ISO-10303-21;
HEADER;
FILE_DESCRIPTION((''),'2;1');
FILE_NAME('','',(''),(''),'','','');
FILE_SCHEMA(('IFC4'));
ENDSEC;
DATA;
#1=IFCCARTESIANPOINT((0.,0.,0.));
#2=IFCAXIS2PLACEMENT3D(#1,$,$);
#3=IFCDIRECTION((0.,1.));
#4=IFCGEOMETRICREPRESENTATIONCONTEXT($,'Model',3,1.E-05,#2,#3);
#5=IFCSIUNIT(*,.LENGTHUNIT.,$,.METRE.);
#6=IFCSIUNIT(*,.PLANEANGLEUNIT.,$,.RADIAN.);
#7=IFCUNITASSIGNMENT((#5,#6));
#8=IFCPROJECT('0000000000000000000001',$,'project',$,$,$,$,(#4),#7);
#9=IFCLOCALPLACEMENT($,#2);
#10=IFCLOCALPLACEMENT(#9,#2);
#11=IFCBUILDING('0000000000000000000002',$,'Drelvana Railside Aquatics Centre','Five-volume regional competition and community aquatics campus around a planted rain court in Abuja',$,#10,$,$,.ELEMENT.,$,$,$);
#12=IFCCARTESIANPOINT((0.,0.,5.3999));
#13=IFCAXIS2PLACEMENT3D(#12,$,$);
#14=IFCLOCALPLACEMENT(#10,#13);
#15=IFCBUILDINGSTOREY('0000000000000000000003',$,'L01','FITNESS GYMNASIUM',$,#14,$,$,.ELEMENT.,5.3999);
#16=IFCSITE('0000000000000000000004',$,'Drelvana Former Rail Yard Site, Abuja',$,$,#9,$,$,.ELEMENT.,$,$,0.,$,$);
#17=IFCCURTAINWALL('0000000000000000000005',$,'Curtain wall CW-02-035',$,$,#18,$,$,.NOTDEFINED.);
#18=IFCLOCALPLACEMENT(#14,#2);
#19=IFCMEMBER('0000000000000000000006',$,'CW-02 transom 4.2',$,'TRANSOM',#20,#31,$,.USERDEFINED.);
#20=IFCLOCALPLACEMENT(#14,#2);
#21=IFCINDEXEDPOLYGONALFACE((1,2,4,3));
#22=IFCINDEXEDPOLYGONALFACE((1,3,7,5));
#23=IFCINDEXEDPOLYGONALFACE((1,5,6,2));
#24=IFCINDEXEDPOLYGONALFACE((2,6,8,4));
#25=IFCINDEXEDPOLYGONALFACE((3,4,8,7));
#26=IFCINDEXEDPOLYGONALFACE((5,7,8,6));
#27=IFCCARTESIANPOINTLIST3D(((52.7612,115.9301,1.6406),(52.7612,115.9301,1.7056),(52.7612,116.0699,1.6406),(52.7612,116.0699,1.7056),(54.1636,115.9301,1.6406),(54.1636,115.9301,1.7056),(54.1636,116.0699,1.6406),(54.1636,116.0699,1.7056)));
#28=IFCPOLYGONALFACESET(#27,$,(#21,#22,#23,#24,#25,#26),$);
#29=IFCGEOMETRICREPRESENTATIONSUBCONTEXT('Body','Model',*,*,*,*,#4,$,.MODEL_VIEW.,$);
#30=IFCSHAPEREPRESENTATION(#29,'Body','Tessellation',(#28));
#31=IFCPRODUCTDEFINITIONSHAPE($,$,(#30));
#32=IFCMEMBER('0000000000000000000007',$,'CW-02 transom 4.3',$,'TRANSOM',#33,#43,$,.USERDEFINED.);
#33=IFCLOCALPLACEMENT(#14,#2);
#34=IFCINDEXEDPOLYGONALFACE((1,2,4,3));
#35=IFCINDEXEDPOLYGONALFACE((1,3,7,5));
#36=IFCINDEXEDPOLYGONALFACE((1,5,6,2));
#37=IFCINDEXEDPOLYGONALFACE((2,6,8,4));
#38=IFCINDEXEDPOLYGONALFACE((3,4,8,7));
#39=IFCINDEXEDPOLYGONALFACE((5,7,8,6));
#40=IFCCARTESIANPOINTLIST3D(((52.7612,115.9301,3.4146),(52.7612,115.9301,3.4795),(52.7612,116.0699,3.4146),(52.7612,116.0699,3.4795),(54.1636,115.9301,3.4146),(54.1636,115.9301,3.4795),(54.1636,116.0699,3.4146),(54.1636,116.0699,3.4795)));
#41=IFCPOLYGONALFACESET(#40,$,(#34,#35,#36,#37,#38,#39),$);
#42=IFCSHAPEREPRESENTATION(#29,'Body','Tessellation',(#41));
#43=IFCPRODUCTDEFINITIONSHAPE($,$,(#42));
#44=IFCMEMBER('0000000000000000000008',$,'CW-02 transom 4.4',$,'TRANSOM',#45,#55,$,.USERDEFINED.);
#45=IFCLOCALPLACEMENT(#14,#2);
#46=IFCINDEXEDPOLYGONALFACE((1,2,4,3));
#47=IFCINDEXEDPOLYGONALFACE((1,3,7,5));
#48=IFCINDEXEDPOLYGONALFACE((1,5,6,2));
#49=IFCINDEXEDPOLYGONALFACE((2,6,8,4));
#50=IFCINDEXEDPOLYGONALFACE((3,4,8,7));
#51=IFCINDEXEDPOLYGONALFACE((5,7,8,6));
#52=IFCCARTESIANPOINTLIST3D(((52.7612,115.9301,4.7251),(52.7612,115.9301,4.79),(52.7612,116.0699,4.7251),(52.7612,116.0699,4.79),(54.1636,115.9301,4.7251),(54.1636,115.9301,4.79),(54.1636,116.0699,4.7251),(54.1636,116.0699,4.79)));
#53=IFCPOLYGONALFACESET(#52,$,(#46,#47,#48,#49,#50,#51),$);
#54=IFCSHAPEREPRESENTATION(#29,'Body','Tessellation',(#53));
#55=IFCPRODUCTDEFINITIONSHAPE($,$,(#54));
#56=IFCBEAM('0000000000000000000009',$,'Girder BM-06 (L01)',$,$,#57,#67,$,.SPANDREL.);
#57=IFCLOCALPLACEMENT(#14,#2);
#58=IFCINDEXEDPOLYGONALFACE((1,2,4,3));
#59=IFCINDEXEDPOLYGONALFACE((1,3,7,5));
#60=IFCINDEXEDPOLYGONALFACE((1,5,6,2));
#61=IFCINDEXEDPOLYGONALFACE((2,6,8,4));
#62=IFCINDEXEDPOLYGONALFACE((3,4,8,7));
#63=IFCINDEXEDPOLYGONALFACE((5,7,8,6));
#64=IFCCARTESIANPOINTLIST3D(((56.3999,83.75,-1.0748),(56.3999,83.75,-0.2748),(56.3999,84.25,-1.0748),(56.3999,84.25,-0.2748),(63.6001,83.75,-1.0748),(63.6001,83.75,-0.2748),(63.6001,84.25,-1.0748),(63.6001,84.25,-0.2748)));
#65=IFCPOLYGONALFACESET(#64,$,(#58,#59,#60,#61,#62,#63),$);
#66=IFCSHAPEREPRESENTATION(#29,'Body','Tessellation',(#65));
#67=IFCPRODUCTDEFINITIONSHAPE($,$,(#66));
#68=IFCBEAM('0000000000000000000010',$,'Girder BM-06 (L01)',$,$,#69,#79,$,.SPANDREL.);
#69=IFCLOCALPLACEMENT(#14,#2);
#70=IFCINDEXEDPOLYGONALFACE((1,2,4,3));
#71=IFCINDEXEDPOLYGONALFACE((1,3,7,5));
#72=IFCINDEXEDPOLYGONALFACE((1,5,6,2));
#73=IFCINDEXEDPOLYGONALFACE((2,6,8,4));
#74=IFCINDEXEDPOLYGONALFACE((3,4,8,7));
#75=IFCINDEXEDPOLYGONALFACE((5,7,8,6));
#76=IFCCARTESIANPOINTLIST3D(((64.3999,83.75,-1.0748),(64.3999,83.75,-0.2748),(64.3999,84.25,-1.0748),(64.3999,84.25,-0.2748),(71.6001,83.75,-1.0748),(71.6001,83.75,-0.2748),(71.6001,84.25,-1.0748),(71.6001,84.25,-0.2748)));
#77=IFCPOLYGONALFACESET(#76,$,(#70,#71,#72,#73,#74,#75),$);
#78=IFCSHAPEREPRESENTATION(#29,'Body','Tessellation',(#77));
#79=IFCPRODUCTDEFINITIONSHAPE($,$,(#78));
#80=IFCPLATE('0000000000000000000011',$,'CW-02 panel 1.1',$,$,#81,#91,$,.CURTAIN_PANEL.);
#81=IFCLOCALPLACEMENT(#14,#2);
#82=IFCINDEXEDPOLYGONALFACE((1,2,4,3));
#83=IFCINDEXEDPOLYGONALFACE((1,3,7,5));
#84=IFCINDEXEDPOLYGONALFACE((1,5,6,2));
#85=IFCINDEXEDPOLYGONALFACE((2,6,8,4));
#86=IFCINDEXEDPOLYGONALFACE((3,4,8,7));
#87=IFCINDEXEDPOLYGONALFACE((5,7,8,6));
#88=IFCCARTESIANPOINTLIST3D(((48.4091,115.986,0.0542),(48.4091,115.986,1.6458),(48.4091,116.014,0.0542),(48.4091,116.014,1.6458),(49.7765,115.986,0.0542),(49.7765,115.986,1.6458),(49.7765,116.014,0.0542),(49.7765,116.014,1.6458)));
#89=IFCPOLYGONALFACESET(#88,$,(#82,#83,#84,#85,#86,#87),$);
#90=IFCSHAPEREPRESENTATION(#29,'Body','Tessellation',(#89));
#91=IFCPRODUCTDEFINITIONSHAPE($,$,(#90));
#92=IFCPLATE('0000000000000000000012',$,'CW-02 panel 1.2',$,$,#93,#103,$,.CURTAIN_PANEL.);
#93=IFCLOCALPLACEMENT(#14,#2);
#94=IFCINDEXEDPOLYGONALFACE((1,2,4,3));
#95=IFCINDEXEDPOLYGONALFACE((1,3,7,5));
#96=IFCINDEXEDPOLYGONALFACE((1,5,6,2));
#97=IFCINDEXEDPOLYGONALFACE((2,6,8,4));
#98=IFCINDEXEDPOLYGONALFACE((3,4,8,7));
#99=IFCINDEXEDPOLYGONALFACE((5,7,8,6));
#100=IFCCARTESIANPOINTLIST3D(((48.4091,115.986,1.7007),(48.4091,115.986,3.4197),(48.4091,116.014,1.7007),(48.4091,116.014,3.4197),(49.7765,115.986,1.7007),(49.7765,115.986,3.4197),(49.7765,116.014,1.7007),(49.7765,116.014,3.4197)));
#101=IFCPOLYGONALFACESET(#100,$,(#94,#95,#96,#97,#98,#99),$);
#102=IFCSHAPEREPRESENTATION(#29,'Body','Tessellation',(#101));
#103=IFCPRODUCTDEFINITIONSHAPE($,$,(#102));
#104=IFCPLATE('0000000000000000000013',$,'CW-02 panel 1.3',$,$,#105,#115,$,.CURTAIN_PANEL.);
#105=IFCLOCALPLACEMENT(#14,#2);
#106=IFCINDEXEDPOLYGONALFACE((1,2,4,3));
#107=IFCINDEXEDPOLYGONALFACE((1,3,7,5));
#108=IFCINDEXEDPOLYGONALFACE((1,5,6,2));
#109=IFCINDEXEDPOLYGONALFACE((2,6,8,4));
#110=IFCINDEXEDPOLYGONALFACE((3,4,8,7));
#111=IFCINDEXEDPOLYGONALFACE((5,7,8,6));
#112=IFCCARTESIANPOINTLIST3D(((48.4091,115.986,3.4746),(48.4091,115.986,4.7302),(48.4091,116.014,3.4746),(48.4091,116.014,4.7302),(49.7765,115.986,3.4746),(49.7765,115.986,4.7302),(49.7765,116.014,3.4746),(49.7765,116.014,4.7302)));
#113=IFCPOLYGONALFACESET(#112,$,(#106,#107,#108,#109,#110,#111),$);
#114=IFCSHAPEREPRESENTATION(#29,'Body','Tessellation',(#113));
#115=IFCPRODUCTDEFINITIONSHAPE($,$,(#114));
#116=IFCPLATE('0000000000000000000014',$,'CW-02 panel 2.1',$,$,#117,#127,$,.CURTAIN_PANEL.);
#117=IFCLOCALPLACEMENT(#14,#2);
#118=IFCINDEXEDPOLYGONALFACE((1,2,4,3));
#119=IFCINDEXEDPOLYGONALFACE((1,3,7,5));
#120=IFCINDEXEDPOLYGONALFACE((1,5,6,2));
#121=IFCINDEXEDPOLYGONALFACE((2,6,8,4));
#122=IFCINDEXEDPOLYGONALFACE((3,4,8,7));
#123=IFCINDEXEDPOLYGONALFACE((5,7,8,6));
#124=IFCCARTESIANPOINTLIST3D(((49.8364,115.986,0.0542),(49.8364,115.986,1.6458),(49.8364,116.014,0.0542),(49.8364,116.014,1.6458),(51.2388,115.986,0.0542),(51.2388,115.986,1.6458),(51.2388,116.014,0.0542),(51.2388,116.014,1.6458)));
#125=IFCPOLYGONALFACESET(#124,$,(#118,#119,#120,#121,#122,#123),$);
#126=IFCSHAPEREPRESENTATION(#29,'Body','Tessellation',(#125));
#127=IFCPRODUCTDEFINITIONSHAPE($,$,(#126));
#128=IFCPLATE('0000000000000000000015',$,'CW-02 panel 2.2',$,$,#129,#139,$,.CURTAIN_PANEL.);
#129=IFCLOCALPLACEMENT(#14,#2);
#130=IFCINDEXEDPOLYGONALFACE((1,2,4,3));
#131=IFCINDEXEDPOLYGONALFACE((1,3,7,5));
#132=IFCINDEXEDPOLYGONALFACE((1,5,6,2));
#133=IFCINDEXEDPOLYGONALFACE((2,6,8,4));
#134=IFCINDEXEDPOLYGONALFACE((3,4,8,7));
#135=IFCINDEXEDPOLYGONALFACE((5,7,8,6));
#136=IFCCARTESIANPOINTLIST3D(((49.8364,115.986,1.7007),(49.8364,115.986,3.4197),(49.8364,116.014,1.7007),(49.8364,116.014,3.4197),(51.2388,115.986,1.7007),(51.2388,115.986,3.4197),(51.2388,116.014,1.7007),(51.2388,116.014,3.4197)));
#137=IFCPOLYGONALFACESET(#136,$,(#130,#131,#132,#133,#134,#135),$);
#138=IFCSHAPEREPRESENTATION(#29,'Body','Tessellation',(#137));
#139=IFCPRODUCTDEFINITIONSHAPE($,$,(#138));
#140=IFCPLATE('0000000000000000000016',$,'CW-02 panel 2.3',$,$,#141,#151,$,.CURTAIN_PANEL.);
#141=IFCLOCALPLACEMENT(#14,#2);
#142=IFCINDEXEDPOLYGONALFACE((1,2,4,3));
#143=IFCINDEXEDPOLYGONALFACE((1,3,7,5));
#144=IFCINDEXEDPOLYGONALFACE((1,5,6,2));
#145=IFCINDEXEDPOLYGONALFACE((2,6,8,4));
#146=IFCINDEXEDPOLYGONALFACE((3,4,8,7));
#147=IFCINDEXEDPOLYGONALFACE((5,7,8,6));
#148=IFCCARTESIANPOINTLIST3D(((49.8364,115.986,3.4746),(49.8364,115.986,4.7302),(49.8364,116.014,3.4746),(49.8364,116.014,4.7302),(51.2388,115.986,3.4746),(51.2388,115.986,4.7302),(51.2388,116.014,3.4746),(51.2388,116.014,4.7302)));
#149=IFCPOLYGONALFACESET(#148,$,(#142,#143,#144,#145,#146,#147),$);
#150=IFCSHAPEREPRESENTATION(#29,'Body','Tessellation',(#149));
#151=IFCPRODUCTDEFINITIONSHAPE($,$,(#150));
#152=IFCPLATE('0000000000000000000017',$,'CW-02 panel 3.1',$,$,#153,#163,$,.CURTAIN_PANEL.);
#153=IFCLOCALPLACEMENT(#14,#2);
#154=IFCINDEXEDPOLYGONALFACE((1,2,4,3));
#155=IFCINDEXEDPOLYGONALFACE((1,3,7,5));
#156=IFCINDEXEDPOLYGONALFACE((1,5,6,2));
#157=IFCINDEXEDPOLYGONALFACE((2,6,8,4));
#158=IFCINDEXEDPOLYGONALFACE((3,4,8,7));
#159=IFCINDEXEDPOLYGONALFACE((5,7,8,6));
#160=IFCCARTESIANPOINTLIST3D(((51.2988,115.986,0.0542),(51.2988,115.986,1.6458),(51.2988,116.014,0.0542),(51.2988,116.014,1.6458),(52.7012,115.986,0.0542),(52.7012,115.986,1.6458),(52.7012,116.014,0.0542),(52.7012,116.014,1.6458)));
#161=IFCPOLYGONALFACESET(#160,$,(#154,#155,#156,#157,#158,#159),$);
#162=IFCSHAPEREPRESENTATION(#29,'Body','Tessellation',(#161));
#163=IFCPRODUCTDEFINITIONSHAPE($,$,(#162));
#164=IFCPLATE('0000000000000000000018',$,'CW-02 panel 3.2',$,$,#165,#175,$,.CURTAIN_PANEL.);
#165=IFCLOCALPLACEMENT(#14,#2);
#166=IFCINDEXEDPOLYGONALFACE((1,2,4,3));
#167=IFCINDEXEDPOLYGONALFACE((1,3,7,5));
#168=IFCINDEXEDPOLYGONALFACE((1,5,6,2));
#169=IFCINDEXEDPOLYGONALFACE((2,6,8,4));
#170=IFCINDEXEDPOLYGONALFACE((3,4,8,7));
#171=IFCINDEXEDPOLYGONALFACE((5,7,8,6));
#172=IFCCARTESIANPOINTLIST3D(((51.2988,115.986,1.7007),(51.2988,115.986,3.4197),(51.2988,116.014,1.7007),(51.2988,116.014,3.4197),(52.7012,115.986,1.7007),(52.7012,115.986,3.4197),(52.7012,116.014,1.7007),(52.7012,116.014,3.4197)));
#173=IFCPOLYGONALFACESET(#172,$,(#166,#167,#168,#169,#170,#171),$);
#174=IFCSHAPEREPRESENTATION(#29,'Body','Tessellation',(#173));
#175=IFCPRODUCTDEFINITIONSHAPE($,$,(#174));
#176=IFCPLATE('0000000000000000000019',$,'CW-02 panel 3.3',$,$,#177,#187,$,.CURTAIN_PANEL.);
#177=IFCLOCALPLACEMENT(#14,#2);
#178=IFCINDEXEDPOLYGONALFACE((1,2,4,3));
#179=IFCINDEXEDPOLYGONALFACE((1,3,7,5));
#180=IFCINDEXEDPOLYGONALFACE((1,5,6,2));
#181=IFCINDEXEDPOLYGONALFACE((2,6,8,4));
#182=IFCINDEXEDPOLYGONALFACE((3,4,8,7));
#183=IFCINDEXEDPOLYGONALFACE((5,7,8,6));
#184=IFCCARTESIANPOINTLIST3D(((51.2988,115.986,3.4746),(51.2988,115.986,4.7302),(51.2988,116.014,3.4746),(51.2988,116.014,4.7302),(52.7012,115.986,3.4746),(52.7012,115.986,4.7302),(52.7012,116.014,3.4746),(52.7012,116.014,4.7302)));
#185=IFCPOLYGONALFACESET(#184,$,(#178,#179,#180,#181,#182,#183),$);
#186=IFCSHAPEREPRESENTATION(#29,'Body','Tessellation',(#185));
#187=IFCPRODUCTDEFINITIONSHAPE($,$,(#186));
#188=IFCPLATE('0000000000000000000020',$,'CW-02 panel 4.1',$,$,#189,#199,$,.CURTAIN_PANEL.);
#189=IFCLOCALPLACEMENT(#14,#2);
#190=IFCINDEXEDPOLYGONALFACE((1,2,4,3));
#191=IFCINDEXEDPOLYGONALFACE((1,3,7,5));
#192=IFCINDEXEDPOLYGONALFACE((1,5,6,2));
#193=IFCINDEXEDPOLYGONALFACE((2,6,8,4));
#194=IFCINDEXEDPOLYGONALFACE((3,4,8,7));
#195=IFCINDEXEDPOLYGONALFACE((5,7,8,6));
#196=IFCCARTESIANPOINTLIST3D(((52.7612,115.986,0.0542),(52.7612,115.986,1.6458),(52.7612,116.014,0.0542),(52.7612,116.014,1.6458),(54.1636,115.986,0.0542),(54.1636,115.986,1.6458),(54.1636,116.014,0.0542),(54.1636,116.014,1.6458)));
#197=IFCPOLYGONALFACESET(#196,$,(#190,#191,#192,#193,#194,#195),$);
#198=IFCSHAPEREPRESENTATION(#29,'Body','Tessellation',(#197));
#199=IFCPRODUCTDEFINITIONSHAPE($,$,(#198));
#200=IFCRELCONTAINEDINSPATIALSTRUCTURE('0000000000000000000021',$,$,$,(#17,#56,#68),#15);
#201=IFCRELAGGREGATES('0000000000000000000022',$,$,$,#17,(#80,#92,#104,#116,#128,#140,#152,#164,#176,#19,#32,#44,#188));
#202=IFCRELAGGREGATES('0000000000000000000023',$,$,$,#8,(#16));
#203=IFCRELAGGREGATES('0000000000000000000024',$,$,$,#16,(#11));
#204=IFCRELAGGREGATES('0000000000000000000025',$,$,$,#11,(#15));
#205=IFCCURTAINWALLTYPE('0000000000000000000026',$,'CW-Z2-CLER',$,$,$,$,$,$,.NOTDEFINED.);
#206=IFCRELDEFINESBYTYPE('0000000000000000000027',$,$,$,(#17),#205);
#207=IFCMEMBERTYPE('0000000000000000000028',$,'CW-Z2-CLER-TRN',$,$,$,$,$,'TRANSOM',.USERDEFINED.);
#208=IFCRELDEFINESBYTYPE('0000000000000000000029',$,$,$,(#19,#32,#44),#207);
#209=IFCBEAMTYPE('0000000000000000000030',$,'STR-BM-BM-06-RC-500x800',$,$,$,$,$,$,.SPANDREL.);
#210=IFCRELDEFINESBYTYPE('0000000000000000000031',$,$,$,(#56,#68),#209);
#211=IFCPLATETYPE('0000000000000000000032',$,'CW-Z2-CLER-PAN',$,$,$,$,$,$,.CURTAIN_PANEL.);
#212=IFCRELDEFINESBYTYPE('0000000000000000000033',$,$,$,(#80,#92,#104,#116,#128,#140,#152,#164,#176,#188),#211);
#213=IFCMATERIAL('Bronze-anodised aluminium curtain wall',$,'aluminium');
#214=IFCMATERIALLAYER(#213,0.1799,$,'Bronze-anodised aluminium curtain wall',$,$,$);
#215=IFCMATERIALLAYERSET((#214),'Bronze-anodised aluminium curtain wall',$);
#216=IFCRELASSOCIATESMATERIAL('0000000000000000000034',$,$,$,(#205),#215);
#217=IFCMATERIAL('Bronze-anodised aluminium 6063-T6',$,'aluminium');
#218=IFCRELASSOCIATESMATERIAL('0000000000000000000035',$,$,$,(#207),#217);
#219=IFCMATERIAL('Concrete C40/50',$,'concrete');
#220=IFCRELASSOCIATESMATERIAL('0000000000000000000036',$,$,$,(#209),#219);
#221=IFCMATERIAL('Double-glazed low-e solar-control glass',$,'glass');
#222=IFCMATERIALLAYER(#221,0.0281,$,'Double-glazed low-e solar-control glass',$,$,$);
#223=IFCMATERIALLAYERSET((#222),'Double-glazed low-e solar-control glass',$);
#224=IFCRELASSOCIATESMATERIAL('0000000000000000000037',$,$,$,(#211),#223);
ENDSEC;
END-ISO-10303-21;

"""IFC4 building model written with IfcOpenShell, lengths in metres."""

from ifc_helpers import new_model, si_unit, direction, frame, origin, origin_2d, place, context, subcontext, project, spatial, rectangle, extrude, material, layer, layer_set, material_profile, profile_set, type_object, element, aggregate, save


model = new_model("IFC4")

# Units and contexts
model_context = context("Model", 3, precision=1e-05, world=origin(), true_north=direction((0.0, 1.0)))
body_context = subcontext(model_context, "Body", "Model", "MODEL_VIEW")
ifc_project = project(units=[si_unit("LENGTHUNIT", "METRE"), si_unit("PLANEANGLEUNIT", "RADIAN")], contexts=[model_context])

# Site, building, storey
site_placement = place(None, origin())
site = spatial("IfcSite", under=ifc_project, at=site_placement, Name="Drelvana Former Rail Yard Site, Abuja", CompositionType="ELEMENT", RefElevation=0.0)
building_placement = place(site_placement, origin())
building = spatial("IfcBuilding", under=site, at=building_placement, Name="Drelvana Railside Aquatics Centre", Description="Five-volume regional competition and community aquatics campus around a planted rain court in Abuja", CompositionType="ELEMENT")
storey_placement = place(building_placement, frame((0.0, 0.0, 5.3999)))
storey = spatial("IfcBuildingStorey", under=building, at=storey_placement, Name="L01", Description="FITNESS GYMNASIUM", CompositionType="ELEMENT", Elevation=5.3999)

# Shared definitions
ifc_material_1 = material(Name="Concrete C40/50", Category="concrete")

# Curtain wall, members
ifc_material_2 = material(Name="Bronze-anodised aluminium curtain wall", Category="aluminium")
ifc_layer_1 = layer(ifc_material_2, 0.1799, Name="Bronze-anodised aluminium curtain wall")
ifc_layer_set_1 = layer_set([ifc_layer_1], Name="Bronze-anodised aluminium curtain wall")
curtain_wall_type = type_object("IfcCurtainWallType", Name="CW-Z2-CLER", PredefinedType="NOTDEFINED", material=ifc_layer_set_1)
curtain_wall_placement = place(storey_placement, origin())
curtain_wall = element("IfcCurtainWall", 1, at=curtain_wall_placement, inside=storey, type_object=curtain_wall_type, Name="Curtain wall CW-02-035", PredefinedType="NOTDEFINED")
ifc_material_3 = material(Name="Bronze-anodised aluminium 6063-T6", Category="aluminium")
ifc_material_profile_1 = material_profile(ifc_material_3, rectangle(XDim=0.1399, YDim=0.0649, at=origin_2d()), Name="ALU-T 65x140")
ifc_profile_set_1 = profile_set([ifc_material_profile_1], Name="Bronze-anodised aluminium 6063-T6")
member_type_1 = type_object("IfcMemberType", Name="CW-Z2-CLER-TRN", ElementType="TRANSOM", PredefinedType="USERDEFINED", material=ifc_profile_set_1)
member_1_placement = place(storey_placement, frame((52.7612, 116.0, 1.6731), z_axis=(1.0, 0.0, 0.0), x_axis=(0.0, 1.0, 0.0)))
member_1 = element("IfcMember", 2, at=member_1_placement, type_object=member_type_1, Name="CW-02 transom 4.2", ObjectType="TRANSOM", PredefinedType="USERDEFINED", context=body_context, shape_type="SweptSolid", body=[
    extrude(rectangle(XDim=0.1399, YDim=0.0649, at=origin_2d()), origin(), (0.0, 0.0, 1.0), 1.4023),
])
member_2_placement = place(storey_placement, frame((52.7612, 116.0, 3.447), z_axis=(1.0, 0.0, 0.0), x_axis=(0.0, 1.0, 0.0)))
member_2 = element("IfcMember", 3, at=member_2_placement, type_object=member_type_1, Name="CW-02 transom 4.3", ObjectType="TRANSOM", PredefinedType="USERDEFINED", context=body_context, shape_type="SweptSolid", body=[
    extrude(rectangle(XDim=0.1399, YDim=0.0649, at=origin_2d()), origin(), (0.0, 0.0, 1.0), 1.4023),
])
member_3_placement = place(storey_placement, frame((52.7612, 116.0, 4.7576), z_axis=(1.0, 0.0, 0.0), x_axis=(0.0, 1.0, 0.0)))
member_3 = element("IfcMember", 4, at=member_3_placement, type_object=member_type_1, Name="CW-02 transom 4.4", ObjectType="TRANSOM", PredefinedType="USERDEFINED", context=body_context, shape_type="SweptSolid", body=[
    extrude(rectangle(XDim=0.1399, YDim=0.0649, at=origin_2d()), origin(), (0.0, 0.0, 1.0), 1.4023),
])

# Beams
ifc_material_profile_2 = material_profile(ifc_material_1, rectangle(XDim=0.5, YDim=0.8, at=origin_2d()), Name="RC 500x800")
ifc_profile_set_2 = profile_set([ifc_material_profile_2], Name="Concrete C40/50")
beam_type = type_object("IfcBeamType", Name="STR-BM-BM-06-RC-500x800", PredefinedType="SPANDREL", material=ifc_profile_set_2)
for number, where, z_axis, x_axis, name in (
    (5, (56.3999, 84.0, -0.6748), (1.0, 0.0, 0.0), (0.0, 1.0, 0.0), "Girder BM-06 (L01)"),
    (6, (64.3999, 84.0, -0.6748), (1.0, 0.0, 0.0), (0.0, 1.0, 0.0), "Girder BM-06 (L01)"),
):
    element("IfcBeam", number, at=place(storey_placement, frame(where, z_axis=z_axis, x_axis=x_axis)), inside=storey, type_object=beam_type, Name=name, PredefinedType="SPANDREL", context=body_context, shape_type="SweptSolid", body=[
        extrude(rectangle(XDim=0.5, YDim=0.8, at=origin_2d()), origin(), (0.0, 0.0, 1.0), 7.2002),
    ])

# Plates
ifc_material_4 = material(Name="Double-glazed low-e solar-control glass", Category="glass")
ifc_layer_2 = layer(ifc_material_4, 0.0281, Name="Double-glazed low-e solar-control glass")
ifc_layer_set_2 = layer_set([ifc_layer_2], Name="Double-glazed low-e solar-control glass")
plate_type = type_object("IfcPlateType", Name="CW-Z2-CLER-PAN", PredefinedType="CURTAIN_PANEL", material=ifc_layer_set_2)
plate_1_placement = place(storey_placement, frame((49.0928, 116.0, 0.0542), z_axis=(0.0, 0.0, 1.0), x_axis=(1.0, 0.0, 0.0)))
plate_1 = element("IfcPlate", 7, at=plate_1_placement, type_object=plate_type, Name="CW-02 panel 1.1", PredefinedType="CURTAIN_PANEL", context=body_context, shape_type="SweptSolid", body=[
    extrude(rectangle(XDim=1.3674, YDim=0.0281, at=origin_2d()), origin(), (0.0, 0.0, 1.0), 1.5916),
])
plate_2_placement = place(storey_placement, frame((49.0928, 116.0, 1.7007), z_axis=(0.0, 0.0, 1.0), x_axis=(1.0, 0.0, 0.0)))
plate_2 = element("IfcPlate", 8, at=plate_2_placement, type_object=plate_type, Name="CW-02 panel 1.2", PredefinedType="CURTAIN_PANEL", context=body_context, shape_type="SweptSolid", body=[
    extrude(rectangle(XDim=1.3674, YDim=0.0281, at=origin_2d()), origin(), (0.0, 0.0, 1.0), 1.719),
])
plate_3_placement = place(storey_placement, frame((49.0928, 116.0, 3.4746), z_axis=(0.0, 0.0, 1.0), x_axis=(1.0, 0.0, 0.0)))
plate_3 = element("IfcPlate", 9, at=plate_3_placement, type_object=plate_type, Name="CW-02 panel 1.3", PredefinedType="CURTAIN_PANEL", context=body_context, shape_type="SweptSolid", body=[
    extrude(rectangle(XDim=1.3674, YDim=0.0281, at=origin_2d()), origin(), (0.0, 0.0, 1.0), 1.2556),
])
plate_4_placement = place(storey_placement, frame((50.5376, 116.0, 0.0542), z_axis=(0.0, 0.0, 1.0), x_axis=(1.0, 0.0, 0.0)))
plate_4 = element("IfcPlate", 10, at=plate_4_placement, type_object=plate_type, Name="CW-02 panel 2.1", PredefinedType="CURTAIN_PANEL", context=body_context, shape_type="SweptSolid", body=[
    extrude(rectangle(XDim=1.4023, YDim=0.0281, at=origin_2d()), origin(), (0.0, 0.0, 1.0), 1.5916),
])
plate_5_placement = place(storey_placement, frame((50.5376, 116.0, 1.7007), z_axis=(0.0, 0.0, 1.0), x_axis=(1.0, 0.0, 0.0)))
plate_5 = element("IfcPlate", 11, at=plate_5_placement, type_object=plate_type, Name="CW-02 panel 2.2", PredefinedType="CURTAIN_PANEL", context=body_context, shape_type="SweptSolid", body=[
    extrude(rectangle(XDim=1.4023, YDim=0.0281, at=origin_2d()), origin(), (0.0, 0.0, 1.0), 1.719),
])
plate_6_placement = place(storey_placement, frame((50.5376, 116.0, 3.4746), z_axis=(0.0, 0.0, 1.0), x_axis=(1.0, 0.0, 0.0)))
plate_6 = element("IfcPlate", 12, at=plate_6_placement, type_object=plate_type, Name="CW-02 panel 2.3", PredefinedType="CURTAIN_PANEL", context=body_context, shape_type="SweptSolid", body=[
    extrude(rectangle(XDim=1.4023, YDim=0.0281, at=origin_2d()), origin(), (0.0, 0.0, 1.0), 1.2556),
])
plate_7_placement = place(storey_placement, frame((52.0, 116.0, 0.0542), z_axis=(0.0, 0.0, 1.0), x_axis=(1.0, 0.0, 0.0)))
plate_7 = element("IfcPlate", 13, at=plate_7_placement, type_object=plate_type, Name="CW-02 panel 3.1", PredefinedType="CURTAIN_PANEL", context=body_context, shape_type="SweptSolid", body=[
    extrude(rectangle(XDim=1.4023, YDim=0.0281, at=origin_2d()), origin(), (0.0, 0.0, 1.0), 1.5916),
])
plate_8_placement = place(storey_placement, frame((52.0, 116.0, 1.7007), z_axis=(0.0, 0.0, 1.0), x_axis=(1.0, 0.0, 0.0)))
plate_8 = element("IfcPlate", 14, at=plate_8_placement, type_object=plate_type, Name="CW-02 panel 3.2", PredefinedType="CURTAIN_PANEL", context=body_context, shape_type="SweptSolid", body=[
    extrude(rectangle(XDim=1.4023, YDim=0.0281, at=origin_2d()), origin(), (0.0, 0.0, 1.0), 1.719),
])
plate_9_placement = place(storey_placement, frame((52.0, 116.0, 3.4746), z_axis=(0.0, 0.0, 1.0), x_axis=(1.0, 0.0, 0.0)))
plate_9 = element("IfcPlate", 15, at=plate_9_placement, type_object=plate_type, Name="CW-02 panel 3.3", PredefinedType="CURTAIN_PANEL", context=body_context, shape_type="SweptSolid", body=[
    extrude(rectangle(XDim=1.4023, YDim=0.0281, at=origin_2d()), origin(), (0.0, 0.0, 1.0), 1.2556),
])
plate_10_placement = place(storey_placement, frame((53.4624, 116.0, 0.0542), z_axis=(0.0, 0.0, 1.0), x_axis=(1.0, 0.0, 0.0)))
plate_10 = element("IfcPlate", 16, at=plate_10_placement, type_object=plate_type, Name="CW-02 panel 4.1", PredefinedType="CURTAIN_PANEL", context=body_context, shape_type="SweptSolid", body=[
    extrude(rectangle(XDim=1.4023, YDim=0.0281, at=origin_2d()), origin(), (0.0, 0.0, 1.0), 1.5916),
])
aggregate(curtain_wall, [plate_1, plate_2, plate_3, plate_4, plate_5, plate_6, plate_7, plate_8, plate_9, member_1, member_2, member_3, plate_10])

save(model, "model.ifc")
